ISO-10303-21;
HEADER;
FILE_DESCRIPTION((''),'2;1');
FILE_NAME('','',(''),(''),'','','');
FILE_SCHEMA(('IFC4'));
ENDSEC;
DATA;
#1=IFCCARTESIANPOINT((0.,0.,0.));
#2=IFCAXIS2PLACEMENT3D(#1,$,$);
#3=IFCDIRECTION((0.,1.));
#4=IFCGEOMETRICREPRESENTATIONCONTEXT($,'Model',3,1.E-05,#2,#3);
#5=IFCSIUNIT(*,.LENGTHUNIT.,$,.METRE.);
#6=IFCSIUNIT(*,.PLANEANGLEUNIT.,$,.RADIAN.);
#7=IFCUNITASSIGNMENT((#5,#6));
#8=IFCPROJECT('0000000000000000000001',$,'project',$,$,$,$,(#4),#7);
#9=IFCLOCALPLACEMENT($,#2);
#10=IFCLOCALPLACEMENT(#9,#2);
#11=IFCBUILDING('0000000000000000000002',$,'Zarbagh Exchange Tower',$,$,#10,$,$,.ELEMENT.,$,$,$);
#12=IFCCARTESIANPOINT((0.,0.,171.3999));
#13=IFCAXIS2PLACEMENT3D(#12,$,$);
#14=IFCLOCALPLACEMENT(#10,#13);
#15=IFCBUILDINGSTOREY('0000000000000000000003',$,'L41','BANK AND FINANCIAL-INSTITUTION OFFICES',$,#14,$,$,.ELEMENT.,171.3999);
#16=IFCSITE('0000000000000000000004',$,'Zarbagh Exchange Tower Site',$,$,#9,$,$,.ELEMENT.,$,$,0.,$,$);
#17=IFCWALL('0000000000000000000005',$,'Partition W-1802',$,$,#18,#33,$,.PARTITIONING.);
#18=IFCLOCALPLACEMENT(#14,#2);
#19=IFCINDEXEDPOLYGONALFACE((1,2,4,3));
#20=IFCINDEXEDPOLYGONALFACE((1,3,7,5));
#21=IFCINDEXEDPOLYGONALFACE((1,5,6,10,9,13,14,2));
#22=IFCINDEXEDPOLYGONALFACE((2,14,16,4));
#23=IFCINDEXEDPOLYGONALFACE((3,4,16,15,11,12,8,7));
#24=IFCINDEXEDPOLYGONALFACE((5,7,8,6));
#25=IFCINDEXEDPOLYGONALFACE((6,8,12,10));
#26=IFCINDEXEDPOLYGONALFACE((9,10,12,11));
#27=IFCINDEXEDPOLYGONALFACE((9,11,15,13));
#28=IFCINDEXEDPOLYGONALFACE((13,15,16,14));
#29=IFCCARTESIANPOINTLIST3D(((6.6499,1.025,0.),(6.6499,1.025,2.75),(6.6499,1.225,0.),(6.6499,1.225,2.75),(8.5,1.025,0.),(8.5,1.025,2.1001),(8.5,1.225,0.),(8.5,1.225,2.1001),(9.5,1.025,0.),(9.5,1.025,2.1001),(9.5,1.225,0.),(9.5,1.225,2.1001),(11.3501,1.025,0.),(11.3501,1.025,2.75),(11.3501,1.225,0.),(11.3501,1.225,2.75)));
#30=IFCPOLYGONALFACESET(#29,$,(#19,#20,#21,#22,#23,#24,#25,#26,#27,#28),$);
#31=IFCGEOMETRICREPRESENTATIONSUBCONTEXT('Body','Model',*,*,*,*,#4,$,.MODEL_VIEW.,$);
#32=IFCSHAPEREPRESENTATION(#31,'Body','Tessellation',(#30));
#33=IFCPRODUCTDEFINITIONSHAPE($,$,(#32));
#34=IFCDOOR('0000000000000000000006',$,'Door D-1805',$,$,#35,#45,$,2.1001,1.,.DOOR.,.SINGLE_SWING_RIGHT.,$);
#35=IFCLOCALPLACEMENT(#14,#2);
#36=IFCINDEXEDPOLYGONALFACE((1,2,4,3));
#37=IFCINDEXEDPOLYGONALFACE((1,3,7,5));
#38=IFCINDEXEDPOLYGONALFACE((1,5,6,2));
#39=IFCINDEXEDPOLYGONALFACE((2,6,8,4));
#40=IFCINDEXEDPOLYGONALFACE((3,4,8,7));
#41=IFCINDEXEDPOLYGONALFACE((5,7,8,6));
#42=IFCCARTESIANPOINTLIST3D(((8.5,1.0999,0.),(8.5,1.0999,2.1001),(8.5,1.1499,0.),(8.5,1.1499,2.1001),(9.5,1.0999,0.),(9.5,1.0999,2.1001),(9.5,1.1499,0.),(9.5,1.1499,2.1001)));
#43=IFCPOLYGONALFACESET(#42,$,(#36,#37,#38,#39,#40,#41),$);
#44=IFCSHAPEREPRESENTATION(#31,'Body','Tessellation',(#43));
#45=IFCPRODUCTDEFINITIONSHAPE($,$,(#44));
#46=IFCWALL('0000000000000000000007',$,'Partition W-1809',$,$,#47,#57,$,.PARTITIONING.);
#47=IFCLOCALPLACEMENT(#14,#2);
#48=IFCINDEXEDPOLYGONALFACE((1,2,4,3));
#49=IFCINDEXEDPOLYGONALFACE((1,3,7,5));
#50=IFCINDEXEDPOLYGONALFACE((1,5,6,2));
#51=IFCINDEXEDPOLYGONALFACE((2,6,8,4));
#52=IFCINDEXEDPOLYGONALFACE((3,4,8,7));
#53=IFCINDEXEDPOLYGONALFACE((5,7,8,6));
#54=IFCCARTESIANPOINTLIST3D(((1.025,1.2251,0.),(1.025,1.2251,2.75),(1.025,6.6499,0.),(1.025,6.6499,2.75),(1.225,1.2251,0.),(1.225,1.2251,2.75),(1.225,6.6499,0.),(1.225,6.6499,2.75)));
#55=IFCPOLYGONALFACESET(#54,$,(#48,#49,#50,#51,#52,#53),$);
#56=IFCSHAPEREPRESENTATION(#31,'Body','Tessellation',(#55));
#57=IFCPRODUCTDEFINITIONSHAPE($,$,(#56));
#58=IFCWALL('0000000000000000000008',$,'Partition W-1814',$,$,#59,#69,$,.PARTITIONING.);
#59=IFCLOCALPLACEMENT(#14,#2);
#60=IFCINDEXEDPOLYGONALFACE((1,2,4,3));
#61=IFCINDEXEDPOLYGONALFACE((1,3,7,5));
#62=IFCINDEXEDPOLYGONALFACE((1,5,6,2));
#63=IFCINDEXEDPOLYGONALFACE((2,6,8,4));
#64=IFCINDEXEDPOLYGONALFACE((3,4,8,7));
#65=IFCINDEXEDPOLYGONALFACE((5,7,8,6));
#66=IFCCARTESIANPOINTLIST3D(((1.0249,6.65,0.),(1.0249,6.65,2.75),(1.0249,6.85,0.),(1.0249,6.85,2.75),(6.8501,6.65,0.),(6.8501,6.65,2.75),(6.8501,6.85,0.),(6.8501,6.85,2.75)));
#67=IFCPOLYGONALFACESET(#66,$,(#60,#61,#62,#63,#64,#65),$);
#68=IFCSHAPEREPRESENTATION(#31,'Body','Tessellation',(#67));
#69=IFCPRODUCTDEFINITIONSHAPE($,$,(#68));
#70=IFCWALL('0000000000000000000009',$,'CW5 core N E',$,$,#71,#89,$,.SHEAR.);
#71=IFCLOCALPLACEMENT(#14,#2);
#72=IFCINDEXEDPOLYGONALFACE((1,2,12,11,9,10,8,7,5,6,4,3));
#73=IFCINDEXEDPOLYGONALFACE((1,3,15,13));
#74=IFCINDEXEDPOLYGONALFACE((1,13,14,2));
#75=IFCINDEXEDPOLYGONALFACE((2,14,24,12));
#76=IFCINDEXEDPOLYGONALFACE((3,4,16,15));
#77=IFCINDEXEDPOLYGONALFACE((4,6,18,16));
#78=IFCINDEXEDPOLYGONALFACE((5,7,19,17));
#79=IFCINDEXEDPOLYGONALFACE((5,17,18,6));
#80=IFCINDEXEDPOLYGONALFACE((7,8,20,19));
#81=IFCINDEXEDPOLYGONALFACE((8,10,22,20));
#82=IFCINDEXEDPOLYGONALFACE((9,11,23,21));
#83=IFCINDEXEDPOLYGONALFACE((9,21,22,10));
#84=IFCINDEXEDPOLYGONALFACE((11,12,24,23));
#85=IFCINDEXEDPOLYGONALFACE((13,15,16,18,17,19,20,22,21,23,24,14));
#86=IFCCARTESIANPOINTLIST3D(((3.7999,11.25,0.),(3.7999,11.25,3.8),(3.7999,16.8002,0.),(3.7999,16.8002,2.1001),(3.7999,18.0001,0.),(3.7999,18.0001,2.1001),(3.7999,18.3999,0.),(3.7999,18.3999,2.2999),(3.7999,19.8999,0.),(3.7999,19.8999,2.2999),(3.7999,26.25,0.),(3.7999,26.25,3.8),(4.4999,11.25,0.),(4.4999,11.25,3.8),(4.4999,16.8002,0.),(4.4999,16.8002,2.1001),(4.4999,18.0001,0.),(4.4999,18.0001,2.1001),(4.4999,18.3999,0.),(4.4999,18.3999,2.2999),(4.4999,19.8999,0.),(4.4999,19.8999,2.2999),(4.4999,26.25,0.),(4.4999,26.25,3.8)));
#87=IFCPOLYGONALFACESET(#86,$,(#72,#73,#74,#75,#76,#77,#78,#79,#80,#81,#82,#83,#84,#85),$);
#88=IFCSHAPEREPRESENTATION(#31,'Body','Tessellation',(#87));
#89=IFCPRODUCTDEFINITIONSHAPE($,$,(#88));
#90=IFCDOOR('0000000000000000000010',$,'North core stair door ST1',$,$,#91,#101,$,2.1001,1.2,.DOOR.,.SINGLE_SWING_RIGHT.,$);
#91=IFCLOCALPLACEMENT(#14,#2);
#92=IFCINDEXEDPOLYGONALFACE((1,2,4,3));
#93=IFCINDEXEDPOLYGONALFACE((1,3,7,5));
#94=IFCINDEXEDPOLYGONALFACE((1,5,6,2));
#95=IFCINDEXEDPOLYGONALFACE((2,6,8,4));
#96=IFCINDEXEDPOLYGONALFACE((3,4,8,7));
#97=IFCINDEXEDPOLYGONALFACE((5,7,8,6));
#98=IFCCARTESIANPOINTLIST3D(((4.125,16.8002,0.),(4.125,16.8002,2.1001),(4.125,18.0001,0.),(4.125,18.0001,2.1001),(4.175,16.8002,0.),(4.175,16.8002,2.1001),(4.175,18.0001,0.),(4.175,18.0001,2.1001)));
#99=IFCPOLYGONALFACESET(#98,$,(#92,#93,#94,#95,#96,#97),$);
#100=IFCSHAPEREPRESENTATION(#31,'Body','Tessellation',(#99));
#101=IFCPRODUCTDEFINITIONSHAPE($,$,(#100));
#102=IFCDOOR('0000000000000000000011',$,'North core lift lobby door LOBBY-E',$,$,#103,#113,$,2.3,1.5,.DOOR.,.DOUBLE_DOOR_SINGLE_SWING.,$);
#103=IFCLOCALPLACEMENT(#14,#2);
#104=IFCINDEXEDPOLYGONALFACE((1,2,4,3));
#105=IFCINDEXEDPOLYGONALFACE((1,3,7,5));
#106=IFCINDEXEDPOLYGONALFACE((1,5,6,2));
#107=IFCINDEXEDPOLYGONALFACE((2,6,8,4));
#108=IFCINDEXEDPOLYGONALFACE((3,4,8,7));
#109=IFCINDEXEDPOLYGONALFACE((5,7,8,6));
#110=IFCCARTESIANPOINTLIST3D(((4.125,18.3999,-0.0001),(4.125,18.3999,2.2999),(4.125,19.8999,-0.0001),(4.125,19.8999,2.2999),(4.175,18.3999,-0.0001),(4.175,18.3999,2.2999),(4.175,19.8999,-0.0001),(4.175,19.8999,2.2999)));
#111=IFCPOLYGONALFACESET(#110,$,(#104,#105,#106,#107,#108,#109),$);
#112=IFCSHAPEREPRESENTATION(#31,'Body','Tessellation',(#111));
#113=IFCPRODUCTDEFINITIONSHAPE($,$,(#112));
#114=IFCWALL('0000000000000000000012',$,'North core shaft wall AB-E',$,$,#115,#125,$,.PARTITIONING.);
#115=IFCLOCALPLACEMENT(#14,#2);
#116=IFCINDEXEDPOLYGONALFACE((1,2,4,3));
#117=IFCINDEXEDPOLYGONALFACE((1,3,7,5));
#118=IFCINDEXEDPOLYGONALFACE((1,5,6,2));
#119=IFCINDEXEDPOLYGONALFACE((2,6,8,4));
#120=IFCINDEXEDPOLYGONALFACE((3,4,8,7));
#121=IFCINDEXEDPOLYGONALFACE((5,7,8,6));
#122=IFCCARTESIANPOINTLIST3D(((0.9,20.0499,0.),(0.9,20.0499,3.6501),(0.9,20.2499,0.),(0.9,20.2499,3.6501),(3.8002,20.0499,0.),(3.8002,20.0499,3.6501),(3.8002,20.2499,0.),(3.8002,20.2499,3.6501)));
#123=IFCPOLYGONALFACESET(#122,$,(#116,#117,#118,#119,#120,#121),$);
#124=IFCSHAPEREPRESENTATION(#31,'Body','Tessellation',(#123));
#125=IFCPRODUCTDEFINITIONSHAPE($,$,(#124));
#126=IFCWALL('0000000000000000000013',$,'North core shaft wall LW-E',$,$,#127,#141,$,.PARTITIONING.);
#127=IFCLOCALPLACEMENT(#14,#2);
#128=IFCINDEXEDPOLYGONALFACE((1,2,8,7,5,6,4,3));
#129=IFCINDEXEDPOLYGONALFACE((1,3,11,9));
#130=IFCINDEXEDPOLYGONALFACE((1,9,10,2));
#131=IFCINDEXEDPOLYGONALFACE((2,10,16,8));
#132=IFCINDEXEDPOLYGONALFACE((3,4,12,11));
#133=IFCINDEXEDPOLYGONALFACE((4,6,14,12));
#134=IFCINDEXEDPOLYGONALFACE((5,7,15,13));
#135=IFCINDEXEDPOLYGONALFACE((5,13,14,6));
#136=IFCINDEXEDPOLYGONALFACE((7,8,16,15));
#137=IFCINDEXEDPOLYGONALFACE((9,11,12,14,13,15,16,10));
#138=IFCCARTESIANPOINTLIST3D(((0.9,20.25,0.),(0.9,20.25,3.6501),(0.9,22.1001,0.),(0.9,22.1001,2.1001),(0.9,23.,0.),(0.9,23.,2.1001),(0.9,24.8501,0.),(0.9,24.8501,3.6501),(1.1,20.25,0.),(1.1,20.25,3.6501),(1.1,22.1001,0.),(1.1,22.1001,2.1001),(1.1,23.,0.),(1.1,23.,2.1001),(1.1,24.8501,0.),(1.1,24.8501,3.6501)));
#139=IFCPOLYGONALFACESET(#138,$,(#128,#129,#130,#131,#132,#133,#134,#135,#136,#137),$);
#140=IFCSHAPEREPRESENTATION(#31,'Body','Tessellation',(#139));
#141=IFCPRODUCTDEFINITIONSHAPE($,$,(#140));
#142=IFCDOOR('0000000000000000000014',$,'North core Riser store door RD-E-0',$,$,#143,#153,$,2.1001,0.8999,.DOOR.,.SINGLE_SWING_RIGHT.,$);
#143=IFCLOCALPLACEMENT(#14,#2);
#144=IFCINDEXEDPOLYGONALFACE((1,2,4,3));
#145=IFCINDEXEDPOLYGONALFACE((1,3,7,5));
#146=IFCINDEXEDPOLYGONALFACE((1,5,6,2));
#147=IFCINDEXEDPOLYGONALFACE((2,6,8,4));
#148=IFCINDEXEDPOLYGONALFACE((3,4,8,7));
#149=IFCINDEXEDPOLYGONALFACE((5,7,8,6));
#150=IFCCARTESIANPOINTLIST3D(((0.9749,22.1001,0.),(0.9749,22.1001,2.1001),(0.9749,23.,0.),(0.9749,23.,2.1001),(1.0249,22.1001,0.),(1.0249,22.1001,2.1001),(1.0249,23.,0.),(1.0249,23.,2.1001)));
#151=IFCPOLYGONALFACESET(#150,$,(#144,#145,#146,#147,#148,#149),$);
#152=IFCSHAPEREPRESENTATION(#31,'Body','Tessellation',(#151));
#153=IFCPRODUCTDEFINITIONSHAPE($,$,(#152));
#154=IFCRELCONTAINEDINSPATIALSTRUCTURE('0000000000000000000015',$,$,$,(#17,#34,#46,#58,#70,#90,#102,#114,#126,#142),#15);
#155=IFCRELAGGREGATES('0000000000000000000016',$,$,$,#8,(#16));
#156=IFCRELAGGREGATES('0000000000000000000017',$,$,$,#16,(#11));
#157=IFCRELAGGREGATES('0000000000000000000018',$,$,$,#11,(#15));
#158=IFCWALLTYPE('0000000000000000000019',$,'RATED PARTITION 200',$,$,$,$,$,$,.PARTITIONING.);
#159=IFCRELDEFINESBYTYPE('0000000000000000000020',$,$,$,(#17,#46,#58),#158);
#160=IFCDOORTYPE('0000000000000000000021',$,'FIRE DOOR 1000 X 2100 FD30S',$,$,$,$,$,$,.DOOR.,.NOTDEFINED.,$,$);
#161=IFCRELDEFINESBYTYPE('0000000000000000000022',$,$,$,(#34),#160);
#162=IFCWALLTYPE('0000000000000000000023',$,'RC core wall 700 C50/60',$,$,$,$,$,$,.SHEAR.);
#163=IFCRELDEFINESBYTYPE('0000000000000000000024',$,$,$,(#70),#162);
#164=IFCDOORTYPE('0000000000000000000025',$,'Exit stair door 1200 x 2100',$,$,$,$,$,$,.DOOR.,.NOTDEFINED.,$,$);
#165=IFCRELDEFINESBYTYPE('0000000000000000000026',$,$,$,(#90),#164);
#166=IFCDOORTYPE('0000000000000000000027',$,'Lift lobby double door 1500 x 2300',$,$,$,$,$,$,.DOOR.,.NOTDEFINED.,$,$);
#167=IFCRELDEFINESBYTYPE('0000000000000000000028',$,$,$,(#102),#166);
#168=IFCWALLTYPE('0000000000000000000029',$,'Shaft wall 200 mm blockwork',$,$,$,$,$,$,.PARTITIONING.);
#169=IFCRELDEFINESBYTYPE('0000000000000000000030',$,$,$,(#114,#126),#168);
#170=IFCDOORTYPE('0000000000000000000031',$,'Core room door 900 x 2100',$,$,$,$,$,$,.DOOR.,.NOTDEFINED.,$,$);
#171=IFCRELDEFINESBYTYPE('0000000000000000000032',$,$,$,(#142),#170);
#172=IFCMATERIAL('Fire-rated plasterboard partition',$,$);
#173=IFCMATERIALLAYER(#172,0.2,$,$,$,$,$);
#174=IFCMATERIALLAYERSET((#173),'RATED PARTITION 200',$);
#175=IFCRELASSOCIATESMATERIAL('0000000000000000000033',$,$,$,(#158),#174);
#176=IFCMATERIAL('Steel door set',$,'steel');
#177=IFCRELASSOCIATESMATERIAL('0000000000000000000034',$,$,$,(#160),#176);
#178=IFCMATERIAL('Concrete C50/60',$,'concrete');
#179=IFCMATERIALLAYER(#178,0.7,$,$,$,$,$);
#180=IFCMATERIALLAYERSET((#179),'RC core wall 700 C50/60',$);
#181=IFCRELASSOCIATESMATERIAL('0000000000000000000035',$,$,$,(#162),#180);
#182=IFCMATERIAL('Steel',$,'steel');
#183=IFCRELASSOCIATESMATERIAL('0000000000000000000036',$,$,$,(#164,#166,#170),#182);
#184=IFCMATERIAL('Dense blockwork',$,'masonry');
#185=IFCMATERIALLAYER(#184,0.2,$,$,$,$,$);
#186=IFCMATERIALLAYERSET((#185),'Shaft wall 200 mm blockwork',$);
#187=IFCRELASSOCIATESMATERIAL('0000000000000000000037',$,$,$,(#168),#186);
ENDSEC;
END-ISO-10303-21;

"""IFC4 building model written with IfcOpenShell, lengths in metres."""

from ifc_helpers import new_model, si_unit, direction, frame, frame_2d, origin, place, context, subcontext, project, spatial, rectangle, extrude, material, layer, layer_set, type_object, element, fill, save


model = new_model("IFC4")

# Units and contexts
model_context = context("Model", 3, precision=1e-05, world=origin(), true_north=direction((0.0, 1.0)))
body_context = subcontext(model_context, "Body", "Model", "MODEL_VIEW")
ifc_project = project(units=[si_unit("LENGTHUNIT", "METRE"), si_unit("PLANEANGLEUNIT", "RADIAN")], contexts=[model_context])

# Site, building, storey
site_placement = place(None, origin())
site = spatial("IfcSite", under=ifc_project, at=site_placement, Name="Zarbagh Exchange Tower Site", CompositionType="ELEMENT", RefElevation=0.0)
building_placement = place(site_placement, origin())
building = spatial("IfcBuilding", under=site, at=building_placement, Name="Zarbagh Exchange Tower", CompositionType="ELEMENT")
storey_placement = place(building_placement, frame((0.0, 0.0, 171.3999)))
storey = spatial("IfcBuildingStorey", under=building, at=storey_placement, Name="L41", Description="BANK AND FINANCIAL-INSTITUTION OFFICES", CompositionType="ELEMENT", Elevation=171.3999)

# Shared definitions
ifc_material_1 = material(Name="Concrete C50/60", Category="concrete")

# Wall, opening, door
ifc_material_2 = material(Name="Fire-rated plasterboard partition")
ifc_layer_1 = layer(ifc_material_2, 0.2)
ifc_layer_set_1 = layer_set([ifc_layer_1], Name="RATED PARTITION 200")
wall_type_1 = type_object("IfcWallType", Name="RATED PARTITION 200", PredefinedType="PARTITIONING", material=ifc_layer_set_1)
ifc_material_3 = material(Name="Steel door set", Category="steel")
door_type_1 = type_object("IfcDoorType", Name="FIRE DOOR 1000 X 2100 FD30S", OperationType="NOTDEFINED", PredefinedType="DOOR", material=ifc_material_3)
wall_1_placement = place(storey_placement, frame((6.6499, 1.125, 0.0), z_axis=(0.0, 0.0, 1.0), x_axis=(1.0, 0.0, 0.0)))
wall_1 = element("IfcWall", 1, at=wall_1_placement, inside=storey, type_object=wall_type_1, Name="Partition W-1802", PredefinedType="PARTITIONING", context=body_context, shape_type="SweptSolid", body=[
    extrude(rectangle(XDim=4.7002, YDim=0.2, at=frame_2d((2.3501, 0.0))), origin(), (0.0, 0.0, 1.0), 2.75),
])
opening_1_placement = place(wall_1_placement, frame((1.8501, 0.0, 0.0)))
opening_1 = element("IfcOpeningElement", 2, at=opening_1_placement, cuts=wall_1, PredefinedType="OPENING", context=body_context, shape_type="SweptSolid", body=[
    extrude(rectangle(XDim=1.0, YDim=2.1001, at=frame_2d((0.5, 1.05))), frame((0.0, 0.1099, 0.0), z_axis=(0.0, -1.0, 0.0), x_axis=(1.0, 0.0, 0.0)), (0.0, 0.0, 1.0), 0.22),
])
door_1_placement = place(opening_1_placement, origin())
door_1 = element("IfcDoor", 3, at=door_1_placement, inside=storey, type_object=door_type_1, Name="Door D-1805", OperationType="SINGLE_SWING_RIGHT", OverallHeight=2.1001, OverallWidth=1.0, PredefinedType="DOOR", context=body_context, shape_type="SweptSolid", body=[
    extrude(rectangle(XDim=1.0, YDim=2.1001, at=frame_2d((0.5, 1.05))), frame((0.0, 0.0249, 0.0), z_axis=(0.0, -1.0, 0.0), x_axis=(1.0, 0.0, 0.0)), (0.0, 0.0, 1.0), 0.05),
])
fill(opening_1, door_1)

# Walls
wall_2_placement = place(storey_placement, frame((1.125, 1.2251, 0.0), z_axis=(0.0, 0.0, 1.0), x_axis=(0.0, 1.0, 0.0)))
element("IfcWall", 4, at=wall_2_placement, inside=storey, type_object=wall_type_1, Name="Partition W-1809", PredefinedType="PARTITIONING", context=body_context, shape_type="SweptSolid", body=[
    extrude(rectangle(XDim=5.4248, YDim=0.2, at=frame_2d((2.7124, 0.0))), origin(), (0.0, 0.0, 1.0), 2.75),
])
wall_3_placement = place(storey_placement, frame((1.0249, 6.75, 0.0), z_axis=(0.0, 0.0, 1.0), x_axis=(1.0, 0.0, 0.0)))
element("IfcWall", 5, at=wall_3_placement, inside=storey, type_object=wall_type_1, Name="Partition W-1814", PredefinedType="PARTITIONING", context=body_context, shape_type="SweptSolid", body=[
    extrude(rectangle(XDim=5.8252, YDim=0.2, at=frame_2d((2.9126, 0.0))), origin(), (0.0, 0.0, 1.0), 2.75),
])

# Wall, openings, doors
ifc_layer_2 = layer(ifc_material_1, 0.7)
ifc_layer_set_2 = layer_set([ifc_layer_2], Name="RC core wall 700 C50/60")
wall_type_2 = type_object("IfcWallType", Name="RC core wall 700 C50/60", PredefinedType="SHEAR", material=ifc_layer_set_2)
wall_4_placement = place(storey_placement, frame((4.1499, 11.25, 0.0), z_axis=(0.0, 0.0, 1.0), x_axis=(0.0, 1.0, 0.0)))
wall_4 = element("IfcWall", 6, at=wall_4_placement, inside=storey, type_object=wall_type_2, Name="CW5 core N E", PredefinedType="SHEAR", context=body_context, shape_type="SweptSolid", body=[
    extrude(rectangle(XDim=15.0, YDim=0.7, at=frame_2d((7.5, 0.0))), origin(), (0.0, 0.0, 1.0), 3.8),
])
opening_2_placement = place(wall_4_placement, frame((7.1499, 0.0, 0.0)))
opening_2 = element("IfcOpeningElement", 7, at=opening_2_placement, cuts=wall_4, PredefinedType="OPENING", context=body_context, shape_type="SweptSolid", body=[
    extrude(rectangle(XDim=1.5, YDim=2.3, at=frame_2d((0.75, 1.1499))), frame((0.0, 0.3599, 0.0), z_axis=(0.0, -1.0, 0.0), x_axis=(1.0, 0.0, 0.0)), (0.0, 0.0, 1.0), 0.72),
])
opening_3_placement = place(wall_4_placement, frame((5.55, 0.0, 0.0)))
opening_3 = element("IfcOpeningElement", 8, at=opening_3_placement, cuts=wall_4, PredefinedType="OPENING", context=body_context, shape_type="SweptSolid", body=[
    extrude(rectangle(XDim=1.2, YDim=2.1001, at=frame_2d((0.6001, 1.05))), frame((0.0, 0.3599, 0.0), z_axis=(0.0, -1.0, 0.0), x_axis=(1.0, 0.0, 0.0)), (0.0, 0.0, 1.0), 0.72),
])
ifc_material_4 = material(Name="Steel", Category="steel")
door_type_2 = type_object("IfcDoorType", Name="Exit stair door 1200 x 2100", OperationType="NOTDEFINED", PredefinedType="DOOR", material=ifc_material_4)
door_2_placement = place(opening_3_placement, origin())
door_2 = element("IfcDoor", 9, at=door_2_placement, inside=storey, type_object=door_type_2, Name="North core stair door ST1", OperationType="SINGLE_SWING_RIGHT", OverallHeight=2.1001, OverallWidth=1.2, PredefinedType="DOOR", context=body_context, shape_type="SweptSolid", body=[
    extrude(rectangle(XDim=1.2, YDim=2.1001, at=frame_2d((0.6001, 1.05))), frame((0.0, 0.0249, 0.0), z_axis=(0.0, -1.0, 0.0), x_axis=(1.0, 0.0, 0.0)), (0.0, 0.0, 1.0), 0.05),
])
fill(opening_3, door_2)
door_type_3 = type_object("IfcDoorType", Name="Lift lobby double door 1500 x 2300", OperationType="NOTDEFINED", PredefinedType="DOOR", material=ifc_material_4)
door_3_placement = place(opening_2_placement, origin())
door_3 = element("IfcDoor", 10, at=door_3_placement, inside=storey, type_object=door_type_3, Name="North core lift lobby door LOBBY-E", OperationType="DOUBLE_DOOR_SINGLE_SWING", OverallHeight=2.3, OverallWidth=1.5, PredefinedType="DOOR", context=body_context, shape_type="SweptSolid", body=[
    extrude(rectangle(XDim=1.5, YDim=2.3, at=frame_2d((0.75, 1.1499))), frame((0.0, 0.0249, 0.0), z_axis=(0.0, -1.0, 0.0), x_axis=(1.0, 0.0, 0.0)), (0.0, 0.0, 1.0), 0.05),
])
fill(opening_2, door_3)

# Wall
ifc_material_5 = material(Name="Dense blockwork", Category="masonry")
ifc_layer_3 = layer(ifc_material_5, 0.2)
ifc_layer_set_3 = layer_set([ifc_layer_3], Name="Shaft wall 200 mm blockwork")
wall_type_3 = type_object("IfcWallType", Name="Shaft wall 200 mm blockwork", PredefinedType="PARTITIONING", material=ifc_layer_set_3)
wall_5_placement = place(storey_placement, frame((0.8999, 20.1499, 0.0), z_axis=(0.0, 0.0, 1.0), x_axis=(1.0, 0.0, 0.0)))
element("IfcWall", 11, at=wall_5_placement, inside=storey, type_object=wall_type_3, Name="North core shaft wall AB-E", PredefinedType="PARTITIONING", context=body_context, shape_type="SweptSolid", body=[
    extrude(rectangle(XDim=2.9001, YDim=0.2, at=frame_2d((1.4502, 0.0))), origin(), (0.0, 0.0, 1.0), 3.6501),
])

# Wall, opening, door
wall_6_placement = place(storey_placement, frame((1.0, 24.8501, 0.0), z_axis=(0.0, 0.0, 1.0), x_axis=(0.0, -1.0, 0.0)))
wall_6 = element("IfcWall", 12, at=wall_6_placement, inside=storey, type_object=wall_type_3, Name="North core shaft wall LW-E", PredefinedType="PARTITIONING", context=body_context, shape_type="SweptSolid", body=[
    extrude(rectangle(XDim=4.6001, YDim=0.2, at=frame_2d((2.3, 0.0))), origin(), (0.0, 0.0, 1.0), 3.6501),
])
opening_4_placement = place(wall_6_placement, frame((1.8501, 0.0, 0.0)))
opening_4 = element("IfcOpeningElement", 13, at=opening_4_placement, cuts=wall_6, PredefinedType="OPENING", context=body_context, shape_type="SweptSolid", body=[
    extrude(rectangle(XDim=0.8999, YDim=2.1001, at=frame_2d((0.45, 1.05))), frame((0.0, 0.1099, 0.0), z_axis=(0.0, -1.0, 0.0), x_axis=(1.0, 0.0, 0.0)), (0.0, 0.0, 1.0), 0.22),
])
door_type_4 = type_object("IfcDoorType", Name="Core room door 900 x 2100", OperationType="NOTDEFINED", PredefinedType="DOOR", material=ifc_material_4)
door_4_placement = place(opening_4_placement, origin())
door_4 = element("IfcDoor", 14, at=door_4_placement, inside=storey, type_object=door_type_4, Name="North core Riser store door RD-E-0", OperationType="SINGLE_SWING_RIGHT", OverallHeight=2.1001, OverallWidth=0.8999, PredefinedType="DOOR", context=body_context, shape_type="SweptSolid", body=[
    extrude(rectangle(XDim=0.8999, YDim=2.1001, at=frame_2d((0.45, 1.05))), frame((0.0, 0.0249, 0.0), z_axis=(0.0, -1.0, 0.0), x_axis=(1.0, 0.0, 0.0)), (0.0, 0.0, 1.0), 0.05),
])
fill(opening_4, door_4)

save(model, "model.ifc")
